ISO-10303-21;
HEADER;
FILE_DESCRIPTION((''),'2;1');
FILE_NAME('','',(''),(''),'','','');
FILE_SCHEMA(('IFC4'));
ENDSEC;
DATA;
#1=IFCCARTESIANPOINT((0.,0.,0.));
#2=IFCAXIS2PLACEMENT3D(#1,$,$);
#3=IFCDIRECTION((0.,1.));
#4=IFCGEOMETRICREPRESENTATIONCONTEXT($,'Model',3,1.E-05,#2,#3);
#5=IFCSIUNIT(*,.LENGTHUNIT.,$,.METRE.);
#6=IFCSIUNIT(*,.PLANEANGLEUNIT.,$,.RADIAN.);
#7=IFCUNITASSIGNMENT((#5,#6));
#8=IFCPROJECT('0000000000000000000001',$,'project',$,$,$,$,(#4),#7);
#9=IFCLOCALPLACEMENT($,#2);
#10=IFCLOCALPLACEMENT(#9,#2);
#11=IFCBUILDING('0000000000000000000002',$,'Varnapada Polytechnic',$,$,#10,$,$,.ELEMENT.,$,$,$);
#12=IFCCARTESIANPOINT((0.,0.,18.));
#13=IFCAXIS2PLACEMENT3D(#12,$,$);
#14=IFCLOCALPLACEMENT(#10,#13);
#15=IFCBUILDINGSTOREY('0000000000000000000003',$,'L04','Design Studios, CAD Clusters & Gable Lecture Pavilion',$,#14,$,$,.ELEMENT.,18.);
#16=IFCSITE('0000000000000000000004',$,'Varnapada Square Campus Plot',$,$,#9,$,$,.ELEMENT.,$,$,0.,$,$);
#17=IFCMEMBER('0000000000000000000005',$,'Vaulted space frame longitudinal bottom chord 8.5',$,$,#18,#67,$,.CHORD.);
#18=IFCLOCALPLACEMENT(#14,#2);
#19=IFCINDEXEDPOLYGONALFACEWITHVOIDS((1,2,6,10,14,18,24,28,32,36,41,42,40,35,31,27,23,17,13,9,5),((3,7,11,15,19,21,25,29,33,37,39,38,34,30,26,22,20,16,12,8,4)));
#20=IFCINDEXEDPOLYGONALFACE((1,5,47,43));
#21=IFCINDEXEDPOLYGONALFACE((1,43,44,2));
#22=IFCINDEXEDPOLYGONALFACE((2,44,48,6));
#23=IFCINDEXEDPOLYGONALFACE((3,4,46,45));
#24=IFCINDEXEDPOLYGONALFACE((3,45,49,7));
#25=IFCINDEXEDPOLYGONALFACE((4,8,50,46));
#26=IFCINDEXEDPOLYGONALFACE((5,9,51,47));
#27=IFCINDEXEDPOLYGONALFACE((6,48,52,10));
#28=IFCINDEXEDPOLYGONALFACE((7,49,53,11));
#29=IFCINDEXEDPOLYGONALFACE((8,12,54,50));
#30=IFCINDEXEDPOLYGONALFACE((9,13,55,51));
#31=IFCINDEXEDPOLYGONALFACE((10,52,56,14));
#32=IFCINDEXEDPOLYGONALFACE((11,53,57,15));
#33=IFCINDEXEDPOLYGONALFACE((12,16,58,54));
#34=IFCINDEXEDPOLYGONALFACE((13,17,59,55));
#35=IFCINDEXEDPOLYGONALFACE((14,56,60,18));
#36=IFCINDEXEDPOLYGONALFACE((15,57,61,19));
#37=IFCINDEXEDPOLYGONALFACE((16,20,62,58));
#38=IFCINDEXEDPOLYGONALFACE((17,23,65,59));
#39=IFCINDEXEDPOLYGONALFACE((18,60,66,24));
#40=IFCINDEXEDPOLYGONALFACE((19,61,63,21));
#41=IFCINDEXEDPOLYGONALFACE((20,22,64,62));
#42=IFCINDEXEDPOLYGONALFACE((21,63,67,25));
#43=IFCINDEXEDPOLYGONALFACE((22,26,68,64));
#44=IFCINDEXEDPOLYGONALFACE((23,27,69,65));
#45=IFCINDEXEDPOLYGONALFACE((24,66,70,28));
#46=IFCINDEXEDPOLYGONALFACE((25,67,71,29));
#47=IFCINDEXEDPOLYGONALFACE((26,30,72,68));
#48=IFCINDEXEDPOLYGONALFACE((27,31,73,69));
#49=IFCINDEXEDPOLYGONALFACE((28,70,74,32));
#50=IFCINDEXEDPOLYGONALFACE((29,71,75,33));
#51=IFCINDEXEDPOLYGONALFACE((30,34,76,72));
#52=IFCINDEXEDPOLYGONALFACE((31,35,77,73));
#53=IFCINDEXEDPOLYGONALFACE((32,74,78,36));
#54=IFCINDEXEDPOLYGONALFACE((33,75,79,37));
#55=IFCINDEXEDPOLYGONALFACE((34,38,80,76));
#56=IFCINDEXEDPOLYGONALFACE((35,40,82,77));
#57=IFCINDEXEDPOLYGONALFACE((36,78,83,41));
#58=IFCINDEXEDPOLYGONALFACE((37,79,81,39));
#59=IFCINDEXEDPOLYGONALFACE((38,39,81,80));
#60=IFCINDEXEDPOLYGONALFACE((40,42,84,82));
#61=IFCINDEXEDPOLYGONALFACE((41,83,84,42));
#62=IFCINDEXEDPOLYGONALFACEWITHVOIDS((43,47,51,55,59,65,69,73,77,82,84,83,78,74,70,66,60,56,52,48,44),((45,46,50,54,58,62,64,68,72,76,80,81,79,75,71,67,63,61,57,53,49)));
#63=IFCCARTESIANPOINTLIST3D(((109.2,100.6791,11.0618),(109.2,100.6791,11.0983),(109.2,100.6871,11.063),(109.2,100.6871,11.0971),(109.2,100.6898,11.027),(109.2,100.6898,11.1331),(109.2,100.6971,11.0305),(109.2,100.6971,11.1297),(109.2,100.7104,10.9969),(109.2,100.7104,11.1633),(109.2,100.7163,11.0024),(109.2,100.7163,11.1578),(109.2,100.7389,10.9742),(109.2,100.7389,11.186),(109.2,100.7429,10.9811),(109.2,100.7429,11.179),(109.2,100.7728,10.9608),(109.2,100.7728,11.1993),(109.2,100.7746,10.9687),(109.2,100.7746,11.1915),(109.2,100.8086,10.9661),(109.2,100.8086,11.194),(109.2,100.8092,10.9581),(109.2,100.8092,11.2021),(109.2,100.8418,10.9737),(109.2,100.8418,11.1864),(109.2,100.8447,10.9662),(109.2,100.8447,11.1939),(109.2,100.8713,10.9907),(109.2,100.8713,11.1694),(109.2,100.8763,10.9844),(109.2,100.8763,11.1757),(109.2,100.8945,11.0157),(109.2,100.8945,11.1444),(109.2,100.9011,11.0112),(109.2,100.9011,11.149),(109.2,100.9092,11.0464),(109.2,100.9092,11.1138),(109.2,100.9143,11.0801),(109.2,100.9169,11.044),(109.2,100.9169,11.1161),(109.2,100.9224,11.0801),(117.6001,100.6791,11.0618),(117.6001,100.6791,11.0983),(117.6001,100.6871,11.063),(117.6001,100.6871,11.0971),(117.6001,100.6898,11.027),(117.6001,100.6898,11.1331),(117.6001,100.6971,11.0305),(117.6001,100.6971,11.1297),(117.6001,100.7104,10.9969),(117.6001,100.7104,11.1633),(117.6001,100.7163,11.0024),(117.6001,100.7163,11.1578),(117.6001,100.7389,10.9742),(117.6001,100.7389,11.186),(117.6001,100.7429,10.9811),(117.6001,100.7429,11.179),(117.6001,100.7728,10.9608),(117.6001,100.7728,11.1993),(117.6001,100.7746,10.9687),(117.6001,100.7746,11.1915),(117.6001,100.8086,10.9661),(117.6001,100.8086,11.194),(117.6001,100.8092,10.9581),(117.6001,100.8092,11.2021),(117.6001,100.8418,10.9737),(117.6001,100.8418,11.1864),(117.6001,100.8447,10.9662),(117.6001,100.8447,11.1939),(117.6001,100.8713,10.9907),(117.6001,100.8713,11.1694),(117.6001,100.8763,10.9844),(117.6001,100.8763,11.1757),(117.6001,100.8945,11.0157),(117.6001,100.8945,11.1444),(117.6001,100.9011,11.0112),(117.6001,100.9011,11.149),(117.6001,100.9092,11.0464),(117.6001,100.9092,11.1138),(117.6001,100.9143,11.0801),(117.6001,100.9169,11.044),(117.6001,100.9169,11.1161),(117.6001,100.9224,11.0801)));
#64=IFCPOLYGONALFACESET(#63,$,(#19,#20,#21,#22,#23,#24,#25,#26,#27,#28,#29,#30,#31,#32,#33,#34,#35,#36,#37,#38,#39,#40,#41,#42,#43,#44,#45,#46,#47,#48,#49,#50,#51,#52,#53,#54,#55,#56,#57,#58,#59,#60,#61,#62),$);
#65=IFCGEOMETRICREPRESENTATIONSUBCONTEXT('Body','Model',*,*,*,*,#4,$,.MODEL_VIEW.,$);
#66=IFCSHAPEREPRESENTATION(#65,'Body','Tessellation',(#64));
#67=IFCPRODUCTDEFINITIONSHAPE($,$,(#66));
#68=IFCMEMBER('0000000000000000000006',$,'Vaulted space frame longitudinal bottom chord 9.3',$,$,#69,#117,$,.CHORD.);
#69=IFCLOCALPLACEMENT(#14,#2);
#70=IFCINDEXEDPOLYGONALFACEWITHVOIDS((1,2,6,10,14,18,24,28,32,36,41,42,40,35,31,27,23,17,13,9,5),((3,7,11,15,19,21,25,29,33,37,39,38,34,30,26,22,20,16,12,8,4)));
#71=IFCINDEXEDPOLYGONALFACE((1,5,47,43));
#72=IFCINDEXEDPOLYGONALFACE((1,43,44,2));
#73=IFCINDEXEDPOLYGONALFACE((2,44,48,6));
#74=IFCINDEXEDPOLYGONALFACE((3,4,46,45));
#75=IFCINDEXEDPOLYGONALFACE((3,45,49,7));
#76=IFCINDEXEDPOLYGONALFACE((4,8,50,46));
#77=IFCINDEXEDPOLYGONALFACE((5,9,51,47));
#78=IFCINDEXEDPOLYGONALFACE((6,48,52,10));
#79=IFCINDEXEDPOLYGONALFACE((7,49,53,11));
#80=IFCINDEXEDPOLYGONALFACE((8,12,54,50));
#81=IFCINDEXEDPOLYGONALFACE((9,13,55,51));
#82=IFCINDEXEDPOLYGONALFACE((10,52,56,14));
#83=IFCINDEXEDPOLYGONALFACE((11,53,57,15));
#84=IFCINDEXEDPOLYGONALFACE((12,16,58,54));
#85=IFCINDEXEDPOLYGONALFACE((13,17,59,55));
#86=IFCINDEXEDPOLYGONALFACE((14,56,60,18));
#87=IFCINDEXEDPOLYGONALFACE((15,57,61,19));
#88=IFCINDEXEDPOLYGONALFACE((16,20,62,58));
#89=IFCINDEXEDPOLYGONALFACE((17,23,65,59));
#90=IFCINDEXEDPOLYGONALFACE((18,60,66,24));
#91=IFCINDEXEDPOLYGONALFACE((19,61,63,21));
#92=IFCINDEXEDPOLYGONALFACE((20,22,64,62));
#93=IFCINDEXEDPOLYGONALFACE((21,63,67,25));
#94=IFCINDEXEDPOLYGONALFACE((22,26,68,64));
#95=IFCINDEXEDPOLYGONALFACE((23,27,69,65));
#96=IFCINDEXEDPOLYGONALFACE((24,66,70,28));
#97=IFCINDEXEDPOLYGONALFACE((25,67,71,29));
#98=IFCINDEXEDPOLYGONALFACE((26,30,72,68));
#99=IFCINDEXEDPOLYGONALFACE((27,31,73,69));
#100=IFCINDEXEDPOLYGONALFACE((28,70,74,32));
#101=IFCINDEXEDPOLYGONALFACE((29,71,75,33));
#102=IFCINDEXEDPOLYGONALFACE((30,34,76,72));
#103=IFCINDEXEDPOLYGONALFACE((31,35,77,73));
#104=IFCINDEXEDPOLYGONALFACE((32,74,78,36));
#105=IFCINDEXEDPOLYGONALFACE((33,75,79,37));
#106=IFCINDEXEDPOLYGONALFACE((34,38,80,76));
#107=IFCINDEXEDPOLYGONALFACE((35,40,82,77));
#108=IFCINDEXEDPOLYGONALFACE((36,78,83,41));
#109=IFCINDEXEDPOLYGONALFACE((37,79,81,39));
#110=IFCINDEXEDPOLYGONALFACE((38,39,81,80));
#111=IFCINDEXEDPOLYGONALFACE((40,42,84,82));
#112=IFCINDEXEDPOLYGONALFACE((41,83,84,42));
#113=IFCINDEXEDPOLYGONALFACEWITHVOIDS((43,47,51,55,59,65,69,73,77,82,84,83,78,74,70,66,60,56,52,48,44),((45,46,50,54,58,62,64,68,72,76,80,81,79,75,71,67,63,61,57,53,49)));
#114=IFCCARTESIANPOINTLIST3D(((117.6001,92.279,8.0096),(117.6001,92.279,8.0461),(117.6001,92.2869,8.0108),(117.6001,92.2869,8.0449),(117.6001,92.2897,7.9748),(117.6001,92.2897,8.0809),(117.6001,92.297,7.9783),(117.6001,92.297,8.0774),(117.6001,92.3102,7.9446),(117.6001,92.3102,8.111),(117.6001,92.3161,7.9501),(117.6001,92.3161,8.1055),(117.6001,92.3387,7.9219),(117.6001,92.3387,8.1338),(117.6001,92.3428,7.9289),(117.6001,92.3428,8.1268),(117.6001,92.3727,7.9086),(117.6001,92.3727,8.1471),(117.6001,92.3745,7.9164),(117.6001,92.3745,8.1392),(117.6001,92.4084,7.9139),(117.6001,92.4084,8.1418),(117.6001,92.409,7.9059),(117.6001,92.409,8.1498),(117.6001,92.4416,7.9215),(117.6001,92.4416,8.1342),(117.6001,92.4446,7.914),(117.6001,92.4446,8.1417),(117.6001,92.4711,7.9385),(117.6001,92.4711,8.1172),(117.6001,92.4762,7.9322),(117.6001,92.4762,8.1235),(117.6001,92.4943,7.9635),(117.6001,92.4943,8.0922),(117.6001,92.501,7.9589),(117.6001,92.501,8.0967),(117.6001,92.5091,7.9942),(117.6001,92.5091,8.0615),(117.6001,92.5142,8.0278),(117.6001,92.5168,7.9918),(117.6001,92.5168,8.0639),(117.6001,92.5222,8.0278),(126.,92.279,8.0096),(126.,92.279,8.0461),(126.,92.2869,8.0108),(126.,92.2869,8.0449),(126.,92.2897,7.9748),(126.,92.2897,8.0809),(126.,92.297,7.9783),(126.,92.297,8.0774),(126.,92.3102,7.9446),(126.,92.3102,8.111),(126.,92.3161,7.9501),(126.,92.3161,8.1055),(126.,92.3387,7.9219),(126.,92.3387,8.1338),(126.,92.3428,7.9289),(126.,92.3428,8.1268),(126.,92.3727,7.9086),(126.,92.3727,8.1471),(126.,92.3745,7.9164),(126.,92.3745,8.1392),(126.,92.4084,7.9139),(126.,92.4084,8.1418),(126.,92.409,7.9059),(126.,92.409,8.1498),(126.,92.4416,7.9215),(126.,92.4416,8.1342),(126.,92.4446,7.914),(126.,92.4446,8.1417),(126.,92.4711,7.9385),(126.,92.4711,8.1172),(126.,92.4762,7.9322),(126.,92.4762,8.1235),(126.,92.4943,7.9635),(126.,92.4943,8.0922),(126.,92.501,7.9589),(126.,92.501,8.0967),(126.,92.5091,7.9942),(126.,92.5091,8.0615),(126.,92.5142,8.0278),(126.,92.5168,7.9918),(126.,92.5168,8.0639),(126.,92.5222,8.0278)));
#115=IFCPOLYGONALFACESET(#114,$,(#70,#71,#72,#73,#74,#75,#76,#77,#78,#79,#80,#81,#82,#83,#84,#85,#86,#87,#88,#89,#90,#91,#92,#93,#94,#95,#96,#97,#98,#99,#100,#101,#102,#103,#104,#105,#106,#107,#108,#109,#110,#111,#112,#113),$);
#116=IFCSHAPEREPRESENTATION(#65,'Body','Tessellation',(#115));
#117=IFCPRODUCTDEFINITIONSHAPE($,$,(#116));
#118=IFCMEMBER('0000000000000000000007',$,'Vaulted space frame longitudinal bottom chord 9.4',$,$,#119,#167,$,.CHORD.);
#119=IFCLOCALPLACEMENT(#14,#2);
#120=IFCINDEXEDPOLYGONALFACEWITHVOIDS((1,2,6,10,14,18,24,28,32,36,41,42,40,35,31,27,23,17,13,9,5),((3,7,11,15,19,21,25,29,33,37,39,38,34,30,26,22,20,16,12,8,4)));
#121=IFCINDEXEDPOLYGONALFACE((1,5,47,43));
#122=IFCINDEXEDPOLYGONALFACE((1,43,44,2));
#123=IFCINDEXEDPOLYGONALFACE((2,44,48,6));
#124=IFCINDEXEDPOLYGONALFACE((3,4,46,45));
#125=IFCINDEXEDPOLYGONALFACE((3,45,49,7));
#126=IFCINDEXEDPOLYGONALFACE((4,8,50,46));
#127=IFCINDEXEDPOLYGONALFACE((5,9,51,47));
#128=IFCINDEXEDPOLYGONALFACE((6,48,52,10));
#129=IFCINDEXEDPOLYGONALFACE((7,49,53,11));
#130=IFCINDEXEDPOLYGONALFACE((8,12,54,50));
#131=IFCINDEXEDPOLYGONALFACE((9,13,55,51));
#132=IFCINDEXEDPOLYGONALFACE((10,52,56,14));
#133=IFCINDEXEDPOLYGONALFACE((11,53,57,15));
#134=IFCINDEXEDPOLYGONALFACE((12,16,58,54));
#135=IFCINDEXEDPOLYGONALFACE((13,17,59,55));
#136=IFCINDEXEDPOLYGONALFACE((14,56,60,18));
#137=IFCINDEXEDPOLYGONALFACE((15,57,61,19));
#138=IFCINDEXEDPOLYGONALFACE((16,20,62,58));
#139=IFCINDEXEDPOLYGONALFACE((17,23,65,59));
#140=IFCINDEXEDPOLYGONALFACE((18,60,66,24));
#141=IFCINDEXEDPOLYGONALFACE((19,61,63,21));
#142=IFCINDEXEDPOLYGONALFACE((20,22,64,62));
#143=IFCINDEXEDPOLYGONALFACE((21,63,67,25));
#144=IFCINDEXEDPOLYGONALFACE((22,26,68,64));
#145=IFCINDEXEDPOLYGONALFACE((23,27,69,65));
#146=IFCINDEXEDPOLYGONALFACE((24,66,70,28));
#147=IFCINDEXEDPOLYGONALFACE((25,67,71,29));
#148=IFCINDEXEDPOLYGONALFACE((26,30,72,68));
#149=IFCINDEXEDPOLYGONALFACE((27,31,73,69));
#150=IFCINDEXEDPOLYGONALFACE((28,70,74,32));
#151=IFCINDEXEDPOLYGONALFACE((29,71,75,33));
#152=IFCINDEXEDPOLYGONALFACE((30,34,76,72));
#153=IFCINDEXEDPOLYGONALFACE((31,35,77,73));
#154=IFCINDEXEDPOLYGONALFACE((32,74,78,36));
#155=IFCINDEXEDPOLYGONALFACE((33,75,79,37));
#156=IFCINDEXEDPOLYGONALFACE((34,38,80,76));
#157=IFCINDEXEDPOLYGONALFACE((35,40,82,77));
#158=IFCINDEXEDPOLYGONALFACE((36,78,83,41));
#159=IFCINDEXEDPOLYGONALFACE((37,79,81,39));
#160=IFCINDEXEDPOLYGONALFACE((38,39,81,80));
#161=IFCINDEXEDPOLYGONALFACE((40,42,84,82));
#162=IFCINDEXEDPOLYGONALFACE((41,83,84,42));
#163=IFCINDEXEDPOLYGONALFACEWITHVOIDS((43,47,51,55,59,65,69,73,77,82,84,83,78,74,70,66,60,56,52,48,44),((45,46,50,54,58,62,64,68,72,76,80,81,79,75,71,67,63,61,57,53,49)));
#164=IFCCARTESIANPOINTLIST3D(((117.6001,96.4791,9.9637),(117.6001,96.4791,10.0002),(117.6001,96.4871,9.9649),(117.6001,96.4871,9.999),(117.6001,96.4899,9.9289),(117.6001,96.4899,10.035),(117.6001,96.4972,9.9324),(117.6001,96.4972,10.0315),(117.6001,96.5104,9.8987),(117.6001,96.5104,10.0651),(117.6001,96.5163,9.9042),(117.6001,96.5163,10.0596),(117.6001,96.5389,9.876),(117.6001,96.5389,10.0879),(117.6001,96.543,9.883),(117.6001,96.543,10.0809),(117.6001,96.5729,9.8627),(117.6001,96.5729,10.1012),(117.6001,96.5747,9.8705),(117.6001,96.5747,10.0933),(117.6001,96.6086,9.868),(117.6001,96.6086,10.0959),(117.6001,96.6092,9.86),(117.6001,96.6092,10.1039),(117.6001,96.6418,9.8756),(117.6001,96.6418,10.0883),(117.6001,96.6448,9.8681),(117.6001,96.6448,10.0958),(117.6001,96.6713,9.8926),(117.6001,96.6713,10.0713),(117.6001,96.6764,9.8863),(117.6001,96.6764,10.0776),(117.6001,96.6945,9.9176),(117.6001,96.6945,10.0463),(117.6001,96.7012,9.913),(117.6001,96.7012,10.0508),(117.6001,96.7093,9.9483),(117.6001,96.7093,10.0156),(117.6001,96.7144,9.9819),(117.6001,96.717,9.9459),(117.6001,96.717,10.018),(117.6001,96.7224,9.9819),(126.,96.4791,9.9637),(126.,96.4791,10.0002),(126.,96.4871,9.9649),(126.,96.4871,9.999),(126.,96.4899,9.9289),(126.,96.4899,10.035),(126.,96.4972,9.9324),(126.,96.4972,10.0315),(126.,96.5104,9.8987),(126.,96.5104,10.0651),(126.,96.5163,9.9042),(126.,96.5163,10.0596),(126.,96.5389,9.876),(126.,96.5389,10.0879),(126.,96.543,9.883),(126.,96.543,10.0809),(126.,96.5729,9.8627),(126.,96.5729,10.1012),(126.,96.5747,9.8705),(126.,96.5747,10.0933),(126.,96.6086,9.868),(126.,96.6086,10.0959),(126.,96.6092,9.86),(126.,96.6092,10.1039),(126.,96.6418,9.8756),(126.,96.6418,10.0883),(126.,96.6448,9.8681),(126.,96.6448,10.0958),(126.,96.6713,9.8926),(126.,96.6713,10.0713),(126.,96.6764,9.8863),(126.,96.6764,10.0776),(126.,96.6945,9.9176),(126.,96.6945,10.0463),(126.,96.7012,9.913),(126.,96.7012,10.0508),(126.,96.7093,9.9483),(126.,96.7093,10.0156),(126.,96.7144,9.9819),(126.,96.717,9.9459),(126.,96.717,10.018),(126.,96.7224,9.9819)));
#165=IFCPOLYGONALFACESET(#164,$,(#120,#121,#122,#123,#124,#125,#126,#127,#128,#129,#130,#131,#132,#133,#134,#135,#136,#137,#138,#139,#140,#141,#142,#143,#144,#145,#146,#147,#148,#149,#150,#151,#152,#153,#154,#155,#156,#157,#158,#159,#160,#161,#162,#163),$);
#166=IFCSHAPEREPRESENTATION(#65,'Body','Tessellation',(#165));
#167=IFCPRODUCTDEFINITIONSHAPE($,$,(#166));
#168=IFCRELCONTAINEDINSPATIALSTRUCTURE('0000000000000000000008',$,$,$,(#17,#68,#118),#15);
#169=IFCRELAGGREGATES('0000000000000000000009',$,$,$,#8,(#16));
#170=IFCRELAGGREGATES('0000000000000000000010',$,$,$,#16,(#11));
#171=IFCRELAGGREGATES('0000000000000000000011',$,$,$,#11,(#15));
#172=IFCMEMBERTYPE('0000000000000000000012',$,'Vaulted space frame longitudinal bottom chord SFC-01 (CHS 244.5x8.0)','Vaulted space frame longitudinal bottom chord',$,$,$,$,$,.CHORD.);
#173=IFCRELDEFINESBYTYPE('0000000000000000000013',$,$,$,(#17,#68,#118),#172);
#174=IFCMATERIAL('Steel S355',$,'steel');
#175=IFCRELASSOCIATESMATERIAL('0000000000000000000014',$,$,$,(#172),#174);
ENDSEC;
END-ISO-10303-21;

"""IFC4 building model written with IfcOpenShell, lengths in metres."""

from ifc_helpers import new_model, si_unit, direction, frame, origin, origin_2d, place, context, subcontext, project, spatial, hollow_circle, extrude, material, material_profile, profile_set, type_object, element, save


model = new_model("IFC4")

# Units and contexts
model_context = context("Model", 3, precision=1e-05, world=origin(), true_north=direction((0.0, 1.0)))
body_context = subcontext(model_context, "Body", "Model", "MODEL_VIEW")
ifc_project = project(units=[si_unit("LENGTHUNIT", "METRE"), si_unit("PLANEANGLEUNIT", "RADIAN")], contexts=[model_context])

# Site, building, storey
site_placement = place(None, origin())
site = spatial("IfcSite", under=ifc_project, at=site_placement, Name="Varnapada Square Campus Plot", CompositionType="ELEMENT", RefElevation=0.0)
building_placement = place(site_placement, origin())
building = spatial("IfcBuilding", under=site, at=building_placement, Name="Varnapada Polytechnic", CompositionType="ELEMENT")
storey_placement = place(building_placement, frame((0.0, 0.0, 18.0)))
storey = spatial("IfcBuildingStorey", under=building, at=storey_placement, Name="L04", Description="Design Studios, CAD Clusters & Gable Lecture Pavilion", CompositionType="ELEMENT", Elevation=18.0)

# Members
ifc_material = material(Name="Steel S355", Category="steel")
ifc_material_profile_1 = material_profile(ifc_material, hollow_circle(Radius=0.1223, WallThickness=0.0081, at=origin_2d()), Name="CHS 244.5x8.0")
ifc_profile_set_1 = profile_set([ifc_material_profile_1], Name="Steel S355")
member_type_1 = type_object("IfcMemberType", Name="Vaulted space frame longitudinal bottom chord SFC-01 (CHS 244.5x8.0)", Description="Vaulted space frame longitudinal bottom chord", PredefinedType="CHORD", material=ifc_profile_set_1)
member_1_placement = place(storey_placement, frame((109.2, 100.8, 11.0801), z_axis=(1.0, 0.0, 0.0), x_axis=(0.0, 1.0, 0.0)))
element("IfcMember", 1, at=member_1_placement, inside=storey, type_object=member_type_1, Name="Vaulted space frame longitudinal bottom chord 8.5", PredefinedType="CHORD", context=body_context, shape_type="SweptSolid", body=[
    extrude(hollow_circle(Radius=0.1223, WallThickness=0.0081, at=origin_2d()), origin(), (0.0, 0.0, 1.0), 8.4001),
])
for number, where, z_axis, x_axis, name in (
    (2, (117.6001, 92.3999, 8.0278), (1.0, 0.0, 0.0), (0.0, 1.0, 0.0), "Vaulted space frame longitudinal bottom chord 9.3"),
    (3, (117.6001, 96.6001, 9.9819), (1.0, 0.0, 0.0), (0.0, 1.0, 0.0), "Vaulted space frame longitudinal bottom chord 9.4"),
):
    element("IfcMember", number, at=place(storey_placement, frame(where, z_axis=z_axis, x_axis=x_axis)), inside=storey, type_object=member_type_1, Name=name, PredefinedType="CHORD", context=body_context, shape_type="SweptSolid", body=[
        extrude(hollow_circle(Radius=0.1223, WallThickness=0.0081, at=origin_2d()), origin(), (0.0, 0.0, 1.0), 8.3999),
    ])

save(model, "model.ifc")
